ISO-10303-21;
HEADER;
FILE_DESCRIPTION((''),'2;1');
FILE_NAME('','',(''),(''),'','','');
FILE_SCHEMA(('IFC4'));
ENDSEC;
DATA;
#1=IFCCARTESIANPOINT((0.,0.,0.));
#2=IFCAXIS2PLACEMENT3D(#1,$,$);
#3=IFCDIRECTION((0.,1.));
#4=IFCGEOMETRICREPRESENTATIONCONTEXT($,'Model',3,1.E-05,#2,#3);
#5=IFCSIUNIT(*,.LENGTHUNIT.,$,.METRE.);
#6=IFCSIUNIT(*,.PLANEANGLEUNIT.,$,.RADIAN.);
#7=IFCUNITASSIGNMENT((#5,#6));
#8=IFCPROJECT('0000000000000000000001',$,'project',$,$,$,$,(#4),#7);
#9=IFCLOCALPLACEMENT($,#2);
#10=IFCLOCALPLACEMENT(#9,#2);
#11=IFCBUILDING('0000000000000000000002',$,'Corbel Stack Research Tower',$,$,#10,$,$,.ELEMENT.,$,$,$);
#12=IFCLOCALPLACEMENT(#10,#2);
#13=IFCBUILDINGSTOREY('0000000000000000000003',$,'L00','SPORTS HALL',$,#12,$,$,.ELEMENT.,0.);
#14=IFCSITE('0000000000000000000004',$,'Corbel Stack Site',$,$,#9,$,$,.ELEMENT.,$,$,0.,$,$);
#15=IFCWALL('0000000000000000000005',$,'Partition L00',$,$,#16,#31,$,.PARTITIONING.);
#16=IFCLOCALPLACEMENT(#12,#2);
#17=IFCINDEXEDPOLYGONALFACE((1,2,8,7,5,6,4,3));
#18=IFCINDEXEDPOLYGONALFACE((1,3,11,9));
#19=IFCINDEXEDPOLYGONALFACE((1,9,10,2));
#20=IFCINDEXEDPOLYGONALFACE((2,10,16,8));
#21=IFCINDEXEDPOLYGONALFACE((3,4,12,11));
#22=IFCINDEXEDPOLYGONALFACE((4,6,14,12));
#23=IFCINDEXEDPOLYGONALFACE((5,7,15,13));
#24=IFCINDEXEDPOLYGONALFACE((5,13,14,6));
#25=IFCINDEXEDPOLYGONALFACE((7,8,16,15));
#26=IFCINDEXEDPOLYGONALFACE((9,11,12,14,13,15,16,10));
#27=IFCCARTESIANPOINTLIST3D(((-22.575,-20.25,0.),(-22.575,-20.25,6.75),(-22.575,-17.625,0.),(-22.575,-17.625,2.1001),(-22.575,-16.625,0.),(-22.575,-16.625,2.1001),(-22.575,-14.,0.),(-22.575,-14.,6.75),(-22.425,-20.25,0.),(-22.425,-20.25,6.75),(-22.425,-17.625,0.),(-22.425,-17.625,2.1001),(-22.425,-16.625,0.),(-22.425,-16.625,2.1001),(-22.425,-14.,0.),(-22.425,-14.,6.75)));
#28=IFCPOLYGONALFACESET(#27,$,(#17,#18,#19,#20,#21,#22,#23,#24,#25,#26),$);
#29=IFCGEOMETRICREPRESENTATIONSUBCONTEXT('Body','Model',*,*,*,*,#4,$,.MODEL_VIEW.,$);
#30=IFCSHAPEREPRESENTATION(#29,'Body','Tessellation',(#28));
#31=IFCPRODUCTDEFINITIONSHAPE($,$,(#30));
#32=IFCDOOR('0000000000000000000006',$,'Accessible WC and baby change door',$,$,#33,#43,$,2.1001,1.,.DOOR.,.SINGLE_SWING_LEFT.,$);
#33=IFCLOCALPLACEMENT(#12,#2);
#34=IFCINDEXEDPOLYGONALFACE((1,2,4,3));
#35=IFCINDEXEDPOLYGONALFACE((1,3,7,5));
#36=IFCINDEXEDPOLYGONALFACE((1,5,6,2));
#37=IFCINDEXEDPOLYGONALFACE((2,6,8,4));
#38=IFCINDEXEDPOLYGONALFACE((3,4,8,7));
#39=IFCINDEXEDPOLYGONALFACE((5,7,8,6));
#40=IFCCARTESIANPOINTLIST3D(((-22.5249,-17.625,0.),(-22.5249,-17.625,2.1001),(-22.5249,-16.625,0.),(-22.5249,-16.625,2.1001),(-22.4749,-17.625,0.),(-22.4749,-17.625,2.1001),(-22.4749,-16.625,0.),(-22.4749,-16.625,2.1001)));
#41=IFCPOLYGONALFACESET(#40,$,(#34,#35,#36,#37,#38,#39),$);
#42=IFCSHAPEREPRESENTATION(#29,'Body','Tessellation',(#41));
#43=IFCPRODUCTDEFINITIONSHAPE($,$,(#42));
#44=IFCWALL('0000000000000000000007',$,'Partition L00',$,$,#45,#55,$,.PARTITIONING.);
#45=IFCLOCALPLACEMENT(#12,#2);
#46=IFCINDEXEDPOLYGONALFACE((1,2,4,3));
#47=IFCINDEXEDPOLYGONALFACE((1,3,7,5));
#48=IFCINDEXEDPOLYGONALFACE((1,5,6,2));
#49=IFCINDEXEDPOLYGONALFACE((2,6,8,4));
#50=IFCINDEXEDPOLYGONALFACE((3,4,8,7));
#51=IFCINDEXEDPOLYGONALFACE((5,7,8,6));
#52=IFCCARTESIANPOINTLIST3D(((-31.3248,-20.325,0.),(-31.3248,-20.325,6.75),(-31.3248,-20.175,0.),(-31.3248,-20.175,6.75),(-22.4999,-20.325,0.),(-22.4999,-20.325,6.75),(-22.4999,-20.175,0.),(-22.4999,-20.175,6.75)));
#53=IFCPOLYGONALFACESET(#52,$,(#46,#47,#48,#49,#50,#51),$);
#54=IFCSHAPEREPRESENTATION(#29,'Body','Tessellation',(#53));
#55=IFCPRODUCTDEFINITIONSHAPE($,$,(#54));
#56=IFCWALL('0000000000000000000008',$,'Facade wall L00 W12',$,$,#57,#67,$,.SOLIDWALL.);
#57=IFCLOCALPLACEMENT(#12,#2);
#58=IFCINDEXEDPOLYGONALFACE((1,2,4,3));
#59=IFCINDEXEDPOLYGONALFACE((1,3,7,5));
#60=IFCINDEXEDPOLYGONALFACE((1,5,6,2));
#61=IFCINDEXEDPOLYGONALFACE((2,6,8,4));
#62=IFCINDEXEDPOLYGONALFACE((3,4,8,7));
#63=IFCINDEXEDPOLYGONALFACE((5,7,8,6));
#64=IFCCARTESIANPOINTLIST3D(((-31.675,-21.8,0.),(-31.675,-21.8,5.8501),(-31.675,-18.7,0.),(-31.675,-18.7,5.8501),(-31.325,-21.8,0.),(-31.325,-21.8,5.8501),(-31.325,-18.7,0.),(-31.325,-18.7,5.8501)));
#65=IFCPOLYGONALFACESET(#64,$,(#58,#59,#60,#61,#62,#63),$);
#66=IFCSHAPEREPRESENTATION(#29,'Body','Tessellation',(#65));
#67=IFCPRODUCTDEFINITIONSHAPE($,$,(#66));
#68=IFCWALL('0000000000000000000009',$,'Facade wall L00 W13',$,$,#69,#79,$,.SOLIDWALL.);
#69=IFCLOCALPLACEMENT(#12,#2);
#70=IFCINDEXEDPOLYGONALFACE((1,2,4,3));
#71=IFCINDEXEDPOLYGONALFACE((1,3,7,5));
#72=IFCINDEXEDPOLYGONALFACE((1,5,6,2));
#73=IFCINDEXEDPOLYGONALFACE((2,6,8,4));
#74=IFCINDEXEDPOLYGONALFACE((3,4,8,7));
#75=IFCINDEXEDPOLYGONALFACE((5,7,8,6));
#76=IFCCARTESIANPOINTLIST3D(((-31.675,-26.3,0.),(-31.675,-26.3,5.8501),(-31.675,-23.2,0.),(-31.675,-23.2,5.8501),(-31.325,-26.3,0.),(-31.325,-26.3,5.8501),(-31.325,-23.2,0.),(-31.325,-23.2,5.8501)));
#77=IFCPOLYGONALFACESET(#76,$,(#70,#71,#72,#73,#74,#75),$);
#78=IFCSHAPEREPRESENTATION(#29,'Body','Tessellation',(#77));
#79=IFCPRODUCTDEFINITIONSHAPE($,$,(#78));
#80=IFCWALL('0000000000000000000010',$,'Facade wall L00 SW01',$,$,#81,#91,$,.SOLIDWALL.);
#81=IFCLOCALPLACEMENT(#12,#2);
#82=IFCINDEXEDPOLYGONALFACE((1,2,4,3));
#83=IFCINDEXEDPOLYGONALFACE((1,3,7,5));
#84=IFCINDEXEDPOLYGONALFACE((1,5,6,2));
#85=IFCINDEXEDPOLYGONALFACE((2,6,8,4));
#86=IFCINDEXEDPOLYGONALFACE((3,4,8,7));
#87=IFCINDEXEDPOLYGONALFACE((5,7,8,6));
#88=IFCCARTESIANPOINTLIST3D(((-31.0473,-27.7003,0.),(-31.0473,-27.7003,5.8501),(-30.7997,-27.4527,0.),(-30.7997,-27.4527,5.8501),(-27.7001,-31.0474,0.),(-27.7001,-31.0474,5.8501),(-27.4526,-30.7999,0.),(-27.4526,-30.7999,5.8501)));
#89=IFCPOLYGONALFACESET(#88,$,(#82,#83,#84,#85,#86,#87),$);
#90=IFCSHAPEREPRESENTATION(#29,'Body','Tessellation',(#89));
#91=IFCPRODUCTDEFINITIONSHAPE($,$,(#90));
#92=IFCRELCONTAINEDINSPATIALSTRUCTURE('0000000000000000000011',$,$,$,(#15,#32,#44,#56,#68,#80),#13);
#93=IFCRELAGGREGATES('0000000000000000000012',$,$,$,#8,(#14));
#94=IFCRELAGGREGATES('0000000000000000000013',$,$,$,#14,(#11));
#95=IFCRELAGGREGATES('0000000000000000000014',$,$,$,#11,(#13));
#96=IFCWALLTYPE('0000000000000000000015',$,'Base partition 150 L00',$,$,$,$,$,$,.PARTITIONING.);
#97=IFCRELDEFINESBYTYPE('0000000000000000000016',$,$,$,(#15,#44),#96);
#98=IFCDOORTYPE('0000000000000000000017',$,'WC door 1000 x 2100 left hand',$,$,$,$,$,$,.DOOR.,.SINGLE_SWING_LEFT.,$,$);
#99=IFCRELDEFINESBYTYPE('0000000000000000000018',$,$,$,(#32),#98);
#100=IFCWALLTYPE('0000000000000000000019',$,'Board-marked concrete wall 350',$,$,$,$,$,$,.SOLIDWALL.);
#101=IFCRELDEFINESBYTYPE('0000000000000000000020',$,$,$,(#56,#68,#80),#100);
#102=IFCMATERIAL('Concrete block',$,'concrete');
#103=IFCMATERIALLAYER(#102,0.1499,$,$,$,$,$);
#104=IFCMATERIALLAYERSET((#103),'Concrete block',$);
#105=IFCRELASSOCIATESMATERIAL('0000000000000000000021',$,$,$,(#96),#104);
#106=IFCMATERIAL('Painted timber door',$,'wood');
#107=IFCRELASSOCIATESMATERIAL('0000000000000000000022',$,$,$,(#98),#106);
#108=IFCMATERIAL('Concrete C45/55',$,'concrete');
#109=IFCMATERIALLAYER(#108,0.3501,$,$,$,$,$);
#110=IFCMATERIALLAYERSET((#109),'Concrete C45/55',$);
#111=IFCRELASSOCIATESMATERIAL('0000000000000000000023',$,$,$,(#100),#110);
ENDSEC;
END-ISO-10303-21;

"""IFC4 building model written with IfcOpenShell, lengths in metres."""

from ifc_helpers import new_model, si_unit, direction, frame, frame_2d, origin, place, context, subcontext, project, spatial, rectangle, extrude, material, layer, layer_set, type_object, element, fill, save


model = new_model("IFC4")

# Units and contexts
model_context = context("Model", 3, precision=1e-05, world=origin(), true_north=direction((0.0, 1.0)))
body_context = subcontext(model_context, "Body", "Model", "MODEL_VIEW")
ifc_project = project(units=[si_unit("LENGTHUNIT", "METRE"), si_unit("PLANEANGLEUNIT", "RADIAN")], contexts=[model_context])

# Site, building, storey
site_placement = place(None, origin())
site = spatial("IfcSite", under=ifc_project, at=site_placement, Name="Corbel Stack Site", CompositionType="ELEMENT", RefElevation=0.0)
building_placement = place(site_placement, origin())
building = spatial("IfcBuilding", under=site, at=building_placement, Name="Corbel Stack Research Tower", CompositionType="ELEMENT")
storey_placement = place(building_placement, origin())
storey = spatial("IfcBuildingStorey", under=building, at=storey_placement, Name="L00", Description="SPORTS HALL", CompositionType="ELEMENT", Elevation=0.0)

# Wall, opening, door
ifc_material_1 = material(Name="Concrete block", Category="concrete")
ifc_layer_1 = layer(ifc_material_1, 0.1499)
ifc_layer_set_1 = layer_set([ifc_layer_1], Name="Concrete block")
wall_type_1 = type_object("IfcWallType", Name="Base partition 150 L00", PredefinedType="PARTITIONING", material=ifc_layer_set_1)
wall_1_placement = place(storey_placement, frame((-22.5, -20.25, 0.0), z_axis=(0.0, 0.0, 1.0), x_axis=(0.0, 1.0, 0.0)))
wall_1 = element("IfcWall", 1, at=wall_1_placement, inside=storey, type_object=wall_type_1, Name="Partition L00", PredefinedType="PARTITIONING", context=body_context, shape_type="SweptSolid", body=[
    extrude(rectangle(XDim=6.25, YDim=0.1499, at=frame_2d((3.125, 0.0))), origin(), (0.0, 0.0, 1.0), 6.75),
])
opening_1_placement = place(wall_1_placement, frame((2.625, 0.0, 0.0)))
opening_1 = element("IfcOpeningElement", 2, at=opening_1_placement, cuts=wall_1, PredefinedType="OPENING", context=body_context, shape_type="SweptSolid", body=[
    extrude(rectangle(XDim=1.0, YDim=2.1001, at=frame_2d((0.5, 1.05))), frame((0.0, 0.085, 0.0), z_axis=(0.0, -1.0, 0.0), x_axis=(1.0, 0.0, 0.0)), (0.0, 0.0, 1.0), 0.1699),
])
ifc_material_2 = material(Name="Painted timber door", Category="wood")
door_type_1 = type_object("IfcDoorType", Name="WC door 1000 x 2100 left hand", OperationType="SINGLE_SWING_LEFT", PredefinedType="DOOR", material=ifc_material_2)
door_1_placement = place(opening_1_placement, origin())
door_1 = element("IfcDoor", 3, at=door_1_placement, inside=storey, type_object=door_type_1, Name="Accessible WC and baby change door", OperationType="SINGLE_SWING_LEFT", OverallHeight=2.1001, OverallWidth=1.0, PredefinedType="DOOR", context=body_context, shape_type="SweptSolid", body=[
    extrude(rectangle(XDim=1.0, YDim=2.1001, at=frame_2d((0.5, 1.05))), frame((0.0, 0.0249, 0.0), z_axis=(0.0, -1.0, 0.0), x_axis=(1.0, 0.0, 0.0)), (0.0, 0.0, 1.0), 0.05),
])
fill(opening_1, door_1)

# Walls
wall_2_placement = place(storey_placement, frame((-31.325, -20.25, 0.0), z_axis=(0.0, 0.0, 1.0), x_axis=(1.0, 0.0, 0.0)))
element("IfcWall", 4, at=wall_2_placement, inside=storey, type_object=wall_type_1, Name="Partition L00", PredefinedType="PARTITIONING", context=body_context, shape_type="SweptSolid", body=[
    extrude(rectangle(XDim=8.825, YDim=0.1499, at=frame_2d((4.4126, 0.0))), origin(), (0.0, 0.0, 1.0), 6.75),
])
ifc_material_3 = material(Name="Concrete C45/55", Category="concrete")
ifc_layer_2 = layer(ifc_material_3, 0.3501)
ifc_layer_set_2 = layer_set([ifc_layer_2], Name="Concrete C45/55")
wall_type_2 = type_object("IfcWallType", Name="Board-marked concrete wall 350", PredefinedType="SOLIDWALL", material=ifc_layer_set_2)
for number, where, z_axis, x_axis, name in (
    (5, (-31.5, -21.8, 0.0), (0.0, 0.0, 1.0), (0.0, 1.0, 0.0), "Facade wall L00 W12"),
    (6, (-31.5, -26.3, 0.0), (0.0, 0.0, 1.0), (0.0, 1.0, 0.0), "Facade wall L00 W13"),
):
    element("IfcWall", number, at=place(storey_placement, frame(where, z_axis=z_axis, x_axis=x_axis)), inside=storey, type_object=wall_type_2, Name=name, PredefinedType="SOLIDWALL", context=body_context, shape_type="SweptSolid", body=[
        extrude(rectangle(XDim=3.1001, YDim=0.3501, at=frame_2d((1.55, 0.0))), origin(), (0.0, 0.0, 1.0), 5.8501),
    ])
wall_3_placement = place(storey_placement, frame((-27.5764, -30.9236, 0.0), z_axis=(0.0, 0.0, 1.0), x_axis=(-0.707107, 0.707107, 0.0)))
element("IfcWall", 7, at=wall_3_placement, inside=storey, type_object=wall_type_2, Name="Facade wall L00 SW01", PredefinedType="SOLIDWALL", context=body_context, shape_type="SweptSolid", body=[
    extrude(rectangle(XDim=4.7336, YDim=0.3501, at=frame_2d((2.3667, 0.0))), origin(), (0.0, 0.0, 1.0), 5.8501),
])

save(model, "model.ifc")
